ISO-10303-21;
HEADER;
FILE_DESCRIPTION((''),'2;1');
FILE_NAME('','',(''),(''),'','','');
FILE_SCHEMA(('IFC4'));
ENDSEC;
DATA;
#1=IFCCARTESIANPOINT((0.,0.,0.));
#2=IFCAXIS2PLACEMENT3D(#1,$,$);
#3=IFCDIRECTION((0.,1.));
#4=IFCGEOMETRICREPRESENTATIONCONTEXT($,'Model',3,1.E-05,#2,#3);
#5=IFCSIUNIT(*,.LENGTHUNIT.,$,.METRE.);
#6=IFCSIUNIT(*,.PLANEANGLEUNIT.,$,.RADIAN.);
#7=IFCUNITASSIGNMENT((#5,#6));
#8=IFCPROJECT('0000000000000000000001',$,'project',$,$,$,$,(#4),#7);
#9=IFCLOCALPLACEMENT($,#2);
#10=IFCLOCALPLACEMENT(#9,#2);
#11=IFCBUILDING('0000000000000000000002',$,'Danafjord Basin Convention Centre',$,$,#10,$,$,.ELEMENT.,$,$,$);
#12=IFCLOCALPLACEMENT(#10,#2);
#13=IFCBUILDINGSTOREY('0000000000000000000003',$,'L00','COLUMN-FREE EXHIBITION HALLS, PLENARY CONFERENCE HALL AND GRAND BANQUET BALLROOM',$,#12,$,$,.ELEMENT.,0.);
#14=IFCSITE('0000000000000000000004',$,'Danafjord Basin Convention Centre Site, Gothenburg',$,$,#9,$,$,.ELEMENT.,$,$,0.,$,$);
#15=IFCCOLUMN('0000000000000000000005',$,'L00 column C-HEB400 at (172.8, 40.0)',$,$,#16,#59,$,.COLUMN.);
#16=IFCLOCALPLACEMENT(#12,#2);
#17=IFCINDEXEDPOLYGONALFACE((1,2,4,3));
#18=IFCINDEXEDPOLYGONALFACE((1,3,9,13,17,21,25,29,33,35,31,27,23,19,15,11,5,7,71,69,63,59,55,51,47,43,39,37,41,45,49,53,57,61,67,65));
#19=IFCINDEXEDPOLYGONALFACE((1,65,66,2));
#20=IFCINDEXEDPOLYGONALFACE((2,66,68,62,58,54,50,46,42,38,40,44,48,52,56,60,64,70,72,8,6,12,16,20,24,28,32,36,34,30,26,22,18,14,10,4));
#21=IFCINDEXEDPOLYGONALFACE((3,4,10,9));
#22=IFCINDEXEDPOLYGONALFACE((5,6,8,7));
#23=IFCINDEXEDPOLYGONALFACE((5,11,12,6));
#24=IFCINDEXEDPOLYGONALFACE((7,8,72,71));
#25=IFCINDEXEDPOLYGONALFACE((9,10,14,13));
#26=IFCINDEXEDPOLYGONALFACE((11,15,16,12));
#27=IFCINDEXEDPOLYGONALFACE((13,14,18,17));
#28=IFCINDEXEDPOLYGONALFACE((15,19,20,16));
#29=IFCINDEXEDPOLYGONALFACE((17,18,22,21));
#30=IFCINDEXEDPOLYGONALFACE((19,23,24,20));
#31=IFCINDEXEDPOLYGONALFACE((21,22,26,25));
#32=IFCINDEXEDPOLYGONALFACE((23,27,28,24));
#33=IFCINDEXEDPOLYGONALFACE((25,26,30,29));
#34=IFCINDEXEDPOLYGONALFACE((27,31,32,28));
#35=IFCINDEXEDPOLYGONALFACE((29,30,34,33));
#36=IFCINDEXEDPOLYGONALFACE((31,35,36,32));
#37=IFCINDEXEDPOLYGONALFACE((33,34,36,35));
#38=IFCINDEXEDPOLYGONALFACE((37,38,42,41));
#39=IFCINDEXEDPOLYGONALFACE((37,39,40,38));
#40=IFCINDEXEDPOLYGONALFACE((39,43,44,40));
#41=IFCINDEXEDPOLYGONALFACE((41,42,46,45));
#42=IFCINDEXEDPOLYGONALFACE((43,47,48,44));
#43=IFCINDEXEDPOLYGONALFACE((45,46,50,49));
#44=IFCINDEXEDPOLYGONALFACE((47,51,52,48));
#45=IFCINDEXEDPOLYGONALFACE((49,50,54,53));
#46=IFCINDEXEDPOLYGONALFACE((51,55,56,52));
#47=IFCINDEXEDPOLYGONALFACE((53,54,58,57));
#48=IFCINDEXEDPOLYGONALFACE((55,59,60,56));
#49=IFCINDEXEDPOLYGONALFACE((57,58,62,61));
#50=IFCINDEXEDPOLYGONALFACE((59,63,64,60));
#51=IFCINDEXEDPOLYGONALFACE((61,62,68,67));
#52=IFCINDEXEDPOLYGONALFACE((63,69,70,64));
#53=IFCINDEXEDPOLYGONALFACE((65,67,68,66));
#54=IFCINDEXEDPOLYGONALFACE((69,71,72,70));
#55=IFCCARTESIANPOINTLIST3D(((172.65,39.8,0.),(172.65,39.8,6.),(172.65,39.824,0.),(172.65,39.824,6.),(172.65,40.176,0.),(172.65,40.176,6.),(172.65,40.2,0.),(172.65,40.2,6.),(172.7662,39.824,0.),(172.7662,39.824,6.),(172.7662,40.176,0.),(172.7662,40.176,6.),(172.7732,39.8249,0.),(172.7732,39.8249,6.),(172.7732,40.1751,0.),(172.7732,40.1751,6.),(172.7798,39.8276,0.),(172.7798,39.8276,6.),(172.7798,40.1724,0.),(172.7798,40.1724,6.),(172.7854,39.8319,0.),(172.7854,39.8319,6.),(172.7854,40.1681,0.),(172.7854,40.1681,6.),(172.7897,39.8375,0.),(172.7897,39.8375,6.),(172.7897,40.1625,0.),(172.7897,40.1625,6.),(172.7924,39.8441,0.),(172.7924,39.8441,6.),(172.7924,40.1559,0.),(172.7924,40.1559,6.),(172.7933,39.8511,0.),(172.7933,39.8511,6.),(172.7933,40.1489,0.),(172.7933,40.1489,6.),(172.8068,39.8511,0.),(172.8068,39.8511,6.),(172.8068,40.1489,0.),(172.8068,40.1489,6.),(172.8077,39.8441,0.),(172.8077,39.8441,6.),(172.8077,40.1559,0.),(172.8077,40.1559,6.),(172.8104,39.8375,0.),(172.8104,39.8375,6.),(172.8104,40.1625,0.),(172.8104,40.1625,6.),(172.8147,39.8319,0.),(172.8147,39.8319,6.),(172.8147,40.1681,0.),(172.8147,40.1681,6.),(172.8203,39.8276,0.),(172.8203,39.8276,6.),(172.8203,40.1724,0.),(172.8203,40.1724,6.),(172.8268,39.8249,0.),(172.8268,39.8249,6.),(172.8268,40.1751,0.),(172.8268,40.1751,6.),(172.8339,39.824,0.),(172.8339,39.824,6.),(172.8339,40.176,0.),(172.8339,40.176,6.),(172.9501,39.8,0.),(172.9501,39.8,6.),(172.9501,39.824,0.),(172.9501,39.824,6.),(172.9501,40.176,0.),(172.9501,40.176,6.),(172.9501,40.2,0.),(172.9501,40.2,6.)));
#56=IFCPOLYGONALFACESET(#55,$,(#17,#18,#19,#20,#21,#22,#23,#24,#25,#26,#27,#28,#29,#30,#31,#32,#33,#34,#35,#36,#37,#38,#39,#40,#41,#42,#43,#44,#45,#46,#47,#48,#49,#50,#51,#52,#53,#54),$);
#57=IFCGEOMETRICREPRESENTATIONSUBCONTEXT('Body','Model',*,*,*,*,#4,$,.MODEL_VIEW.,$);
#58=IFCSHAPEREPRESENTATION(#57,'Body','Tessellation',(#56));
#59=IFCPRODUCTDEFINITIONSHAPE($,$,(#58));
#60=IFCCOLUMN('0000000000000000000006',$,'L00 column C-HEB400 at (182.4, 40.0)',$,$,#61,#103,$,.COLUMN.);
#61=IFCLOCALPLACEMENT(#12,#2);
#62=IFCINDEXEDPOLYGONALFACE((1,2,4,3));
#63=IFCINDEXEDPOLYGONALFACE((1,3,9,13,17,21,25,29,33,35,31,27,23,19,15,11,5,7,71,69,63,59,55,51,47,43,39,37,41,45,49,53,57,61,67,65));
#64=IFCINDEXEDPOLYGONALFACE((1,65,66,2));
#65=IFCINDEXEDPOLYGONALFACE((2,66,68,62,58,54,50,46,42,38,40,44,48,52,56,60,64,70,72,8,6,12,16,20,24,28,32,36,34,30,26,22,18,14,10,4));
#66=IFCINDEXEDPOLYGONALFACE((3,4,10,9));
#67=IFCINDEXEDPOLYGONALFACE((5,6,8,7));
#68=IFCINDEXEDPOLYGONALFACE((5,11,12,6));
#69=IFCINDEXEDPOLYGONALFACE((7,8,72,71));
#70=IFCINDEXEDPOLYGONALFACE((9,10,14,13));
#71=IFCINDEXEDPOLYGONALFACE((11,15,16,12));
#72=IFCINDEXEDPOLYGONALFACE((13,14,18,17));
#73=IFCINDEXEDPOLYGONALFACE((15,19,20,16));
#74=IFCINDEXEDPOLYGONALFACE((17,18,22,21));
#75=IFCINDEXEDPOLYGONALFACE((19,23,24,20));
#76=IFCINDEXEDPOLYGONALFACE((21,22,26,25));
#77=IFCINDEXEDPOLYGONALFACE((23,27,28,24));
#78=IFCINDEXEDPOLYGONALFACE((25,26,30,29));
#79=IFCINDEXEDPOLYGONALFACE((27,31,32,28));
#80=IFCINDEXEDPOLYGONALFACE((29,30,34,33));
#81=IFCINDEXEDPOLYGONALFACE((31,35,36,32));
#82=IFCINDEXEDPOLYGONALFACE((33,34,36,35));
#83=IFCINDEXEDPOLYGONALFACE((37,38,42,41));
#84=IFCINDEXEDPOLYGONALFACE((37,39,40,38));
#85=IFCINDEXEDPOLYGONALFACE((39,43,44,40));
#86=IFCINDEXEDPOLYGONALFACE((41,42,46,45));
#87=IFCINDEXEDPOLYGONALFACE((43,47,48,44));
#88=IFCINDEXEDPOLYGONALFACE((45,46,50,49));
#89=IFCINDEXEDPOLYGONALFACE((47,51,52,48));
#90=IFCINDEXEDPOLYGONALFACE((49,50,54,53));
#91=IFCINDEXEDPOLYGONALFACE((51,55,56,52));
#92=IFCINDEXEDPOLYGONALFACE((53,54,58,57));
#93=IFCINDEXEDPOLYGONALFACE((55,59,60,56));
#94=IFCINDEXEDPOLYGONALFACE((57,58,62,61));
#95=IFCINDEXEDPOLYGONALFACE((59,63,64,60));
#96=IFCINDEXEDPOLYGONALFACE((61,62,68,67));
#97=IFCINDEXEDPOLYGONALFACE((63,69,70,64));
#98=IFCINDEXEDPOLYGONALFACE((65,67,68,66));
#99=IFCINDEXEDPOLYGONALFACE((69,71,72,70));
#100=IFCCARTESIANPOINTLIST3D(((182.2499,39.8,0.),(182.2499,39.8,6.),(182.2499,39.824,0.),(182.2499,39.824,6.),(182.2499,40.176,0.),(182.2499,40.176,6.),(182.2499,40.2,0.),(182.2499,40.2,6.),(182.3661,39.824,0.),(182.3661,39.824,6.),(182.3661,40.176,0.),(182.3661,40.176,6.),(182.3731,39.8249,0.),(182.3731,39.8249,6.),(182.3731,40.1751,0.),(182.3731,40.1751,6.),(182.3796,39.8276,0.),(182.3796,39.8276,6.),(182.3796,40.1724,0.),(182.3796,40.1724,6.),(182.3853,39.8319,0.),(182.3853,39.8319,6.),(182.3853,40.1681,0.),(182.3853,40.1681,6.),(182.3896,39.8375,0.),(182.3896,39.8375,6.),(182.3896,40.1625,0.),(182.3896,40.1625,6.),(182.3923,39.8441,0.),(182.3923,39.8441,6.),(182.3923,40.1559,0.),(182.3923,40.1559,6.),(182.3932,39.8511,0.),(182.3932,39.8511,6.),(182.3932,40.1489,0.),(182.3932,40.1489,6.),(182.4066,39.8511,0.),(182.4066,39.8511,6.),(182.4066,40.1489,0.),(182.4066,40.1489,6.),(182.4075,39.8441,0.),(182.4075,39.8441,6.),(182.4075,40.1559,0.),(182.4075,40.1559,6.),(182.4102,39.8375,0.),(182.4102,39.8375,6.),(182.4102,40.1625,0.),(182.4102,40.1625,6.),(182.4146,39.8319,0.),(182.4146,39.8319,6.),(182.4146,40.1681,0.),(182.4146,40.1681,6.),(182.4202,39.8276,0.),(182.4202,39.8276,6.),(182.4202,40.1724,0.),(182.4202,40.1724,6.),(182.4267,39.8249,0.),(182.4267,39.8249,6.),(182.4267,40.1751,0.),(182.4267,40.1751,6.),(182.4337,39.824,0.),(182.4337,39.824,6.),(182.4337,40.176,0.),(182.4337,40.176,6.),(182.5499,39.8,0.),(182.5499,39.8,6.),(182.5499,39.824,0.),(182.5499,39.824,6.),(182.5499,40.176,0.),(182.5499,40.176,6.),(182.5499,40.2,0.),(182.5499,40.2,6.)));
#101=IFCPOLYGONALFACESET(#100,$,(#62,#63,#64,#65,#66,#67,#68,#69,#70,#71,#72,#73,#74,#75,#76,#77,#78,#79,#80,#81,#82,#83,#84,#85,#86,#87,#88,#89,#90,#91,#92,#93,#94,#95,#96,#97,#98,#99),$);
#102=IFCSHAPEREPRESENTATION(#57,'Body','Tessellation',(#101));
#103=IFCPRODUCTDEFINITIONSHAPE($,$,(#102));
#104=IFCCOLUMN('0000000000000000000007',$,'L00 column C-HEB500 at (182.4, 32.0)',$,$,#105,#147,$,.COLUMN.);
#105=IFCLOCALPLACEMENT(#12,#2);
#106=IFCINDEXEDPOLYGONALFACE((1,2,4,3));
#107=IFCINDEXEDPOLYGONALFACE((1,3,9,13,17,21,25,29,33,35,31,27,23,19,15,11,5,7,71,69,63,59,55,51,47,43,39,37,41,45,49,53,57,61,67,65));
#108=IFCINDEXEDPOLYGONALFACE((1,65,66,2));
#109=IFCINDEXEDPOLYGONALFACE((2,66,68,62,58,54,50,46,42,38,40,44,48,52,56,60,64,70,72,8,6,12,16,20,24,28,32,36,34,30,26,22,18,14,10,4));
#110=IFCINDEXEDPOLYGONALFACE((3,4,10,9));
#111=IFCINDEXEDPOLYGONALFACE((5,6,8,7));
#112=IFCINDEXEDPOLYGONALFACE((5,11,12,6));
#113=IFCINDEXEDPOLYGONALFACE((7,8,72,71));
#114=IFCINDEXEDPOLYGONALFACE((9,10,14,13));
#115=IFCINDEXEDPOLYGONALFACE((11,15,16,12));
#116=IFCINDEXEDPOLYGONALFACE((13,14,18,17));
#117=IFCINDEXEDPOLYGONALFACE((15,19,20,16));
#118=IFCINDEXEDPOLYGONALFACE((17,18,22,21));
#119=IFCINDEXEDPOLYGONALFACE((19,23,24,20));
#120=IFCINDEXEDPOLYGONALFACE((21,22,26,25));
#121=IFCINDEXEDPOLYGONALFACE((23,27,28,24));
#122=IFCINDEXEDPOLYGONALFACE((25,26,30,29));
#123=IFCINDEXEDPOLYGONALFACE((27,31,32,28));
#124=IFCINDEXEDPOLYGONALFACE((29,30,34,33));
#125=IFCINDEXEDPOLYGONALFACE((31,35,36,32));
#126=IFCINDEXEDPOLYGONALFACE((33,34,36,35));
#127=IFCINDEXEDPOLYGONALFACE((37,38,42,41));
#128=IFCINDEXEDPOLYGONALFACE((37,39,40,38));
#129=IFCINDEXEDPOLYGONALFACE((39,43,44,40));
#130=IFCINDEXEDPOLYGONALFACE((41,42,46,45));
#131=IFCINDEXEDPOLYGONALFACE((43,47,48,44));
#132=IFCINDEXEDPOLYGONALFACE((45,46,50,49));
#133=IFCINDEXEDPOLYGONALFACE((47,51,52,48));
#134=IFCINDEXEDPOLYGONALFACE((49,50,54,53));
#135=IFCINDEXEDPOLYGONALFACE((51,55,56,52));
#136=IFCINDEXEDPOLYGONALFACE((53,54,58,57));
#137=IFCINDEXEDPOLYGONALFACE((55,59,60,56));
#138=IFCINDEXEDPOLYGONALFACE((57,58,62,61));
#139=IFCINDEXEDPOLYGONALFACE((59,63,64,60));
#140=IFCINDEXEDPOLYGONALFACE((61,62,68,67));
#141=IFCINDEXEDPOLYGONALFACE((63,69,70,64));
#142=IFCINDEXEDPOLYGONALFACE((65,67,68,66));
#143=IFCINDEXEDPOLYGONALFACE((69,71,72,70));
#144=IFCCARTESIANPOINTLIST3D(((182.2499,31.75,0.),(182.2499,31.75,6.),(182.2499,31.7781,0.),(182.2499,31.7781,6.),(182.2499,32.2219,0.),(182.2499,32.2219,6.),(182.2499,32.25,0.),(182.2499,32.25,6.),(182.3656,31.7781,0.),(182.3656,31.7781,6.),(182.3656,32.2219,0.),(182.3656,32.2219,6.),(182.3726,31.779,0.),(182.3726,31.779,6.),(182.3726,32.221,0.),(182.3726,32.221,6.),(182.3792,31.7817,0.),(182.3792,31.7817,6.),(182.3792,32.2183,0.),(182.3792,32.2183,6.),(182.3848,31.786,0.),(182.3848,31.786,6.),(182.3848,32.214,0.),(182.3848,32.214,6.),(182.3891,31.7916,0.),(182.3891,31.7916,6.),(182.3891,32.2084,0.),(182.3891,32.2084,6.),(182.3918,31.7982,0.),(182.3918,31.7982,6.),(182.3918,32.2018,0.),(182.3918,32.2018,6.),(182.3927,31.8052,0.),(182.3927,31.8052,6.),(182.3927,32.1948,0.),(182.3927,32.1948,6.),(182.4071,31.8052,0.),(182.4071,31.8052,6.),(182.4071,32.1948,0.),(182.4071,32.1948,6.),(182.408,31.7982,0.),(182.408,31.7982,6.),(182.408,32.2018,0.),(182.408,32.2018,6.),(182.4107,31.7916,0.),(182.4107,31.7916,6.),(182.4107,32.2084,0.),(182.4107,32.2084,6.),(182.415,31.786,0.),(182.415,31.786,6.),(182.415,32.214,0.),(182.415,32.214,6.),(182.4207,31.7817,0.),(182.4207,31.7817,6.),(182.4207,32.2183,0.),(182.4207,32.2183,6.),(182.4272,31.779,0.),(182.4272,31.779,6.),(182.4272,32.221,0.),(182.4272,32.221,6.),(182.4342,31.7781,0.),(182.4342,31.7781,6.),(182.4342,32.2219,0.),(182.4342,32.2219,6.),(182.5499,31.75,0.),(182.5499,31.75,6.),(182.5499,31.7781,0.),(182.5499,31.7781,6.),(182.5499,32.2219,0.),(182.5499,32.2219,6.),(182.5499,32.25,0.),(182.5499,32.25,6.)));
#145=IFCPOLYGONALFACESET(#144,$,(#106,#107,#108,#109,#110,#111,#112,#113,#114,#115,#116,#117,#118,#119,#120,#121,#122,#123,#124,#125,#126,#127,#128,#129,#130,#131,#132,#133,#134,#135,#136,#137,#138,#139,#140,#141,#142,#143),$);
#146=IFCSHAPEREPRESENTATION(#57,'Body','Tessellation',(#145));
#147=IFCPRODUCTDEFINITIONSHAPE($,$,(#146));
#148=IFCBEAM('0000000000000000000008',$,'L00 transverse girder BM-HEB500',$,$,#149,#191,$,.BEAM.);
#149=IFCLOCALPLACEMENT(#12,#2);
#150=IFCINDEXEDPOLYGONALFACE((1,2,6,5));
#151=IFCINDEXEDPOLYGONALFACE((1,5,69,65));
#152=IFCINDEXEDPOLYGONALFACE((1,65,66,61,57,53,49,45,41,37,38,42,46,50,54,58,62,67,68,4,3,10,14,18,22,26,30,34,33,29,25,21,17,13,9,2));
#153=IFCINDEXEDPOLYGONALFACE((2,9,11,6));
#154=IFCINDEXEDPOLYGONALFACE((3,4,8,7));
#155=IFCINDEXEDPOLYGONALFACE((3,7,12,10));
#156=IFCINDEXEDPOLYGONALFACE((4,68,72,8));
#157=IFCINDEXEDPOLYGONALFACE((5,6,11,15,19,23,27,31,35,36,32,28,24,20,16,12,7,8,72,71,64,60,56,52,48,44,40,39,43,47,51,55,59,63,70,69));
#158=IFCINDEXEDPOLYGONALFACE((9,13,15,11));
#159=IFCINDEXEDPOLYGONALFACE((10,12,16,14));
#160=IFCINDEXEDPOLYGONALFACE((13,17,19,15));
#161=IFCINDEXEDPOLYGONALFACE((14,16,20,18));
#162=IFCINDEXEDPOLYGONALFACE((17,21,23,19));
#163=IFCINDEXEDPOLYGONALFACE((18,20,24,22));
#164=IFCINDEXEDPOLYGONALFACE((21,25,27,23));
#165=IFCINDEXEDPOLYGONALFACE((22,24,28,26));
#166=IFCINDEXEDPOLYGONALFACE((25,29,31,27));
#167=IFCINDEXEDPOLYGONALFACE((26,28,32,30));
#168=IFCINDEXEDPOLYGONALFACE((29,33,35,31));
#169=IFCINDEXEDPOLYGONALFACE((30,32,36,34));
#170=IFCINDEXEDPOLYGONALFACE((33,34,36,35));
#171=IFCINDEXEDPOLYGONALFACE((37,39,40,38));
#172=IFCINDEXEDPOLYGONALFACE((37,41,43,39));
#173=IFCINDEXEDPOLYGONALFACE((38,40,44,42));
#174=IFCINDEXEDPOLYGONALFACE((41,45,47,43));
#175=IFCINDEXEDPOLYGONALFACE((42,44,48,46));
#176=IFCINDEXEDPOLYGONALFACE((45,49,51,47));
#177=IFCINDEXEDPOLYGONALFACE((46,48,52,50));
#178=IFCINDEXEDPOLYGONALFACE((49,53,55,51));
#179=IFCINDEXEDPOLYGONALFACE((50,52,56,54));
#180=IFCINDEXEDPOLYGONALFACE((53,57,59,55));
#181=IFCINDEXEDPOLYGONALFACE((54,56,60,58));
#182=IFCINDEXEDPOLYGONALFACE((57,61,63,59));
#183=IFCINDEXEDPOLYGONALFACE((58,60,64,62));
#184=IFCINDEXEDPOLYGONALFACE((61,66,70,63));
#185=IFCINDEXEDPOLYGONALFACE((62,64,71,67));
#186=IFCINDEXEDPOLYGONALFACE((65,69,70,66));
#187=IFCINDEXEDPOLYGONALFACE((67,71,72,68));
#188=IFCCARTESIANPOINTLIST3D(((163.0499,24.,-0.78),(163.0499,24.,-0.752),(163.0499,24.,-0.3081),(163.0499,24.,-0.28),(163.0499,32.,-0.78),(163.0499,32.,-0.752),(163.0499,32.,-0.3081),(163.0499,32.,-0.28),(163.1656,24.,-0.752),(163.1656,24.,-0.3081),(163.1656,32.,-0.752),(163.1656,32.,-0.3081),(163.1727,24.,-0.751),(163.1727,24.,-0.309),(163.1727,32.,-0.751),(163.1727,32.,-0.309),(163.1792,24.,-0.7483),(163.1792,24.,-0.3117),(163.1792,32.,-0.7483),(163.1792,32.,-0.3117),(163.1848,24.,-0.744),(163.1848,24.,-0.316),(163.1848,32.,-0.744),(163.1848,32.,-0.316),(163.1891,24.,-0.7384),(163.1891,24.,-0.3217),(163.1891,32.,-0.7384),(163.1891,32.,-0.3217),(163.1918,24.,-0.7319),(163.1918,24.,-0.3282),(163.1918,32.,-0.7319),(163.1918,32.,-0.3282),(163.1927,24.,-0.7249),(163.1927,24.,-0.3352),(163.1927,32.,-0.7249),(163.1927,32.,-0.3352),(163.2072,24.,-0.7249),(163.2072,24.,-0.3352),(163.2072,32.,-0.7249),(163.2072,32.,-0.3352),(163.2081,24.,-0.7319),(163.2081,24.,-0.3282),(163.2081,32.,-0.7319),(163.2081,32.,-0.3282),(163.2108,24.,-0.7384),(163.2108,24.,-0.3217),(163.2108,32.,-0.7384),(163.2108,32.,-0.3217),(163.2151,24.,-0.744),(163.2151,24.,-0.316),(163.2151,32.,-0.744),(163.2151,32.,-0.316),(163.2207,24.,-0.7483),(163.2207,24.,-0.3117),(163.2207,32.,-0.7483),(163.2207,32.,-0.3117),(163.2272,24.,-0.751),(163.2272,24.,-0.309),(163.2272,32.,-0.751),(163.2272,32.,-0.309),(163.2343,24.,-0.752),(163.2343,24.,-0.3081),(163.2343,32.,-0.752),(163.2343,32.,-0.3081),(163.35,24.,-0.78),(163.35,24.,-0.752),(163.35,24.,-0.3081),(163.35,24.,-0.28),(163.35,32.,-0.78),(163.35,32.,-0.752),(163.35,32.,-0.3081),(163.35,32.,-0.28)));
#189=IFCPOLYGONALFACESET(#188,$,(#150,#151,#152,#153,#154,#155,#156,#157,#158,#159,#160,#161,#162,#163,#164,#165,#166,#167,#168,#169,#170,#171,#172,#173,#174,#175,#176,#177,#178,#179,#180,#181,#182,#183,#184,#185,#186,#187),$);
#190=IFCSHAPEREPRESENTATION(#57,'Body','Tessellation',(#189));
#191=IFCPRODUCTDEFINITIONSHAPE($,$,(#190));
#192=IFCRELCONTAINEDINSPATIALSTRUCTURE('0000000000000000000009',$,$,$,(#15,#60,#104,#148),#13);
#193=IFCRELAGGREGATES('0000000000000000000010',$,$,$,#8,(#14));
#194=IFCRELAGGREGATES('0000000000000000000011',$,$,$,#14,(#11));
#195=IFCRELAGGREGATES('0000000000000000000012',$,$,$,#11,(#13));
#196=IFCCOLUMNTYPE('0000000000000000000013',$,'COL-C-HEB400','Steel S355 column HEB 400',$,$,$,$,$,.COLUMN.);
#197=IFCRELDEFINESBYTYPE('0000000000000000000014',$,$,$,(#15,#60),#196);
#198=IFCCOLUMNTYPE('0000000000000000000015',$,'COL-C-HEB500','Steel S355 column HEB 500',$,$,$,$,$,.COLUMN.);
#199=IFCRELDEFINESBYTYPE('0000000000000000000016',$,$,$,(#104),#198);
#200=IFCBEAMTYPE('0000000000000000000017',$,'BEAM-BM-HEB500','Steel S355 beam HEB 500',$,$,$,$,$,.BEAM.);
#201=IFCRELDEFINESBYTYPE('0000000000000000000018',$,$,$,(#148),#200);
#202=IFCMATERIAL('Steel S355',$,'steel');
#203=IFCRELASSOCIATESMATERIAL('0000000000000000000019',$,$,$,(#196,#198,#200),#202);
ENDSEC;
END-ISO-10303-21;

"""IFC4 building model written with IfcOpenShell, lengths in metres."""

from ifc_helpers import new_model, si_unit, direction, frame, origin, origin_2d, place, context, subcontext, project, spatial, i_section, extrude, material, material_profile, profile_set, type_object, element, save


model = new_model("IFC4")

# Units and contexts
model_context = context("Model", 3, precision=1e-05, world=origin(), true_north=direction((0.0, 1.0)))
body_context = subcontext(model_context, "Body", "Model", "MODEL_VIEW")
ifc_project = project(units=[si_unit("LENGTHUNIT", "METRE"), si_unit("PLANEANGLEUNIT", "RADIAN")], contexts=[model_context])

# Site, building, storey
site_placement = place(None, origin())
site = spatial("IfcSite", under=ifc_project, at=site_placement, Name="Danafjord Basin Convention Centre Site, Gothenburg", CompositionType="ELEMENT", RefElevation=0.0)
building_placement = place(site_placement, origin())
building = spatial("IfcBuilding", under=site, at=building_placement, Name="Danafjord Basin Convention Centre", CompositionType="ELEMENT")
storey_placement = place(building_placement, origin())
storey = spatial("IfcBuildingStorey", under=building, at=storey_placement, Name="L00", Description="COLUMN-FREE EXHIBITION HALLS, PLENARY CONFERENCE HALL AND GRAND BANQUET BALLROOM", CompositionType="ELEMENT", Elevation=0.0)

# Columns
ifc_material_1 = material(Name="Steel S355", Category="steel")
ifc_material_profile_1 = material_profile(ifc_material_1, i_section(OverallWidth=0.3, OverallDepth=0.3999, WebThickness=0.0134, FlangeThickness=0.0239, FilletRadius=0.0271, at=origin_2d()), Name="HEB 400")
ifc_profile_set_1 = profile_set([ifc_material_profile_1], Name="Steel S355")
column_type_1 = type_object("IfcColumnType", Name="COL-C-HEB400", Description="Steel S355 column HEB 400", PredefinedType="COLUMN", material=ifc_profile_set_1)
for number, where, z_axis, x_axis, name in (
    (1, (172.8, 40.0, 0.0), (0.0, 0.0, 1.0), (1.0, 0.0, 0.0), "L00 column C-HEB400 at (172.8, 40.0)"),
    (2, (182.3999, 40.0, 0.0), (0.0, 0.0, 1.0), (1.0, 0.0, 0.0), "L00 column C-HEB400 at (182.4, 40.0)"),
):
    element("IfcColumn", number, at=place(storey_placement, frame(where, z_axis=z_axis, x_axis=x_axis)), inside=storey, type_object=column_type_1, Name=name, PredefinedType="COLUMN", context=body_context, shape_type="SweptSolid", body=[
        extrude(i_section(OverallWidth=0.3, OverallDepth=0.3999, WebThickness=0.0134, FlangeThickness=0.0239, FilletRadius=0.0271, at=origin_2d()), origin(), (0.0, 0.0, 1.0), 6.0),
    ])
ifc_material_profile_2 = material_profile(ifc_material_1, i_section(OverallWidth=0.3, OverallDepth=0.5, WebThickness=0.0144, FlangeThickness=0.0281, FilletRadius=0.0271, at=origin_2d()), Name="HEB 500")
ifc_profile_set_2 = profile_set([ifc_material_profile_2], Name="Steel S355")
column_type_2 = type_object("IfcColumnType", Name="COL-C-HEB500", Description="Steel S355 column HEB 500", PredefinedType="COLUMN", material=ifc_profile_set_2)
column_placement = place(storey_placement, frame((182.3999, 32.0, 0.0), z_axis=(0.0, 0.0, 1.0), x_axis=(1.0, 0.0, 0.0)))
element("IfcColumn", 3, at=column_placement, inside=storey, type_object=column_type_2, Name="L00 column C-HEB500 at (182.4, 32.0)", PredefinedType="COLUMN", context=body_context, shape_type="SweptSolid", body=[
    extrude(i_section(OverallWidth=0.3, OverallDepth=0.5, WebThickness=0.0144, FlangeThickness=0.0281, FilletRadius=0.0271, at=origin_2d()), origin(), (0.0, 0.0, 1.0), 6.0),
])

# Beam
ifc_material_profile_3 = material_profile(ifc_material_1, i_section(OverallWidth=0.3, OverallDepth=0.5, WebThickness=0.0144, FlangeThickness=0.0281, FilletRadius=0.0271, at=origin_2d()), Name="HEB 500")
ifc_profile_set_3 = profile_set([ifc_material_profile_3], Name="Steel S355")
beam_type_1 = type_object("IfcBeamType", Name="BEAM-BM-HEB500", Description="Steel S355 beam HEB 500", PredefinedType="BEAM", material=ifc_profile_set_3)
beam_1_placement = place(storey_placement, frame((163.2, 24.0, -0.53), z_axis=(0.0, 1.0, 0.0), x_axis=(-1.0, 0.0, 0.0)))
element("IfcBeam", 4, at=beam_1_placement, inside=storey, type_object=beam_type_1, Name="L00 transverse girder BM-HEB500", PredefinedType="BEAM", context=body_context, shape_type="SweptSolid", body=[
    extrude(i_section(OverallWidth=0.3, OverallDepth=0.5, WebThickness=0.0144, FlangeThickness=0.0281, FilletRadius=0.0271, at=origin_2d()), origin(), (0.0, 0.0, 1.0), 8.0),
])

save(model, "model.ifc")
